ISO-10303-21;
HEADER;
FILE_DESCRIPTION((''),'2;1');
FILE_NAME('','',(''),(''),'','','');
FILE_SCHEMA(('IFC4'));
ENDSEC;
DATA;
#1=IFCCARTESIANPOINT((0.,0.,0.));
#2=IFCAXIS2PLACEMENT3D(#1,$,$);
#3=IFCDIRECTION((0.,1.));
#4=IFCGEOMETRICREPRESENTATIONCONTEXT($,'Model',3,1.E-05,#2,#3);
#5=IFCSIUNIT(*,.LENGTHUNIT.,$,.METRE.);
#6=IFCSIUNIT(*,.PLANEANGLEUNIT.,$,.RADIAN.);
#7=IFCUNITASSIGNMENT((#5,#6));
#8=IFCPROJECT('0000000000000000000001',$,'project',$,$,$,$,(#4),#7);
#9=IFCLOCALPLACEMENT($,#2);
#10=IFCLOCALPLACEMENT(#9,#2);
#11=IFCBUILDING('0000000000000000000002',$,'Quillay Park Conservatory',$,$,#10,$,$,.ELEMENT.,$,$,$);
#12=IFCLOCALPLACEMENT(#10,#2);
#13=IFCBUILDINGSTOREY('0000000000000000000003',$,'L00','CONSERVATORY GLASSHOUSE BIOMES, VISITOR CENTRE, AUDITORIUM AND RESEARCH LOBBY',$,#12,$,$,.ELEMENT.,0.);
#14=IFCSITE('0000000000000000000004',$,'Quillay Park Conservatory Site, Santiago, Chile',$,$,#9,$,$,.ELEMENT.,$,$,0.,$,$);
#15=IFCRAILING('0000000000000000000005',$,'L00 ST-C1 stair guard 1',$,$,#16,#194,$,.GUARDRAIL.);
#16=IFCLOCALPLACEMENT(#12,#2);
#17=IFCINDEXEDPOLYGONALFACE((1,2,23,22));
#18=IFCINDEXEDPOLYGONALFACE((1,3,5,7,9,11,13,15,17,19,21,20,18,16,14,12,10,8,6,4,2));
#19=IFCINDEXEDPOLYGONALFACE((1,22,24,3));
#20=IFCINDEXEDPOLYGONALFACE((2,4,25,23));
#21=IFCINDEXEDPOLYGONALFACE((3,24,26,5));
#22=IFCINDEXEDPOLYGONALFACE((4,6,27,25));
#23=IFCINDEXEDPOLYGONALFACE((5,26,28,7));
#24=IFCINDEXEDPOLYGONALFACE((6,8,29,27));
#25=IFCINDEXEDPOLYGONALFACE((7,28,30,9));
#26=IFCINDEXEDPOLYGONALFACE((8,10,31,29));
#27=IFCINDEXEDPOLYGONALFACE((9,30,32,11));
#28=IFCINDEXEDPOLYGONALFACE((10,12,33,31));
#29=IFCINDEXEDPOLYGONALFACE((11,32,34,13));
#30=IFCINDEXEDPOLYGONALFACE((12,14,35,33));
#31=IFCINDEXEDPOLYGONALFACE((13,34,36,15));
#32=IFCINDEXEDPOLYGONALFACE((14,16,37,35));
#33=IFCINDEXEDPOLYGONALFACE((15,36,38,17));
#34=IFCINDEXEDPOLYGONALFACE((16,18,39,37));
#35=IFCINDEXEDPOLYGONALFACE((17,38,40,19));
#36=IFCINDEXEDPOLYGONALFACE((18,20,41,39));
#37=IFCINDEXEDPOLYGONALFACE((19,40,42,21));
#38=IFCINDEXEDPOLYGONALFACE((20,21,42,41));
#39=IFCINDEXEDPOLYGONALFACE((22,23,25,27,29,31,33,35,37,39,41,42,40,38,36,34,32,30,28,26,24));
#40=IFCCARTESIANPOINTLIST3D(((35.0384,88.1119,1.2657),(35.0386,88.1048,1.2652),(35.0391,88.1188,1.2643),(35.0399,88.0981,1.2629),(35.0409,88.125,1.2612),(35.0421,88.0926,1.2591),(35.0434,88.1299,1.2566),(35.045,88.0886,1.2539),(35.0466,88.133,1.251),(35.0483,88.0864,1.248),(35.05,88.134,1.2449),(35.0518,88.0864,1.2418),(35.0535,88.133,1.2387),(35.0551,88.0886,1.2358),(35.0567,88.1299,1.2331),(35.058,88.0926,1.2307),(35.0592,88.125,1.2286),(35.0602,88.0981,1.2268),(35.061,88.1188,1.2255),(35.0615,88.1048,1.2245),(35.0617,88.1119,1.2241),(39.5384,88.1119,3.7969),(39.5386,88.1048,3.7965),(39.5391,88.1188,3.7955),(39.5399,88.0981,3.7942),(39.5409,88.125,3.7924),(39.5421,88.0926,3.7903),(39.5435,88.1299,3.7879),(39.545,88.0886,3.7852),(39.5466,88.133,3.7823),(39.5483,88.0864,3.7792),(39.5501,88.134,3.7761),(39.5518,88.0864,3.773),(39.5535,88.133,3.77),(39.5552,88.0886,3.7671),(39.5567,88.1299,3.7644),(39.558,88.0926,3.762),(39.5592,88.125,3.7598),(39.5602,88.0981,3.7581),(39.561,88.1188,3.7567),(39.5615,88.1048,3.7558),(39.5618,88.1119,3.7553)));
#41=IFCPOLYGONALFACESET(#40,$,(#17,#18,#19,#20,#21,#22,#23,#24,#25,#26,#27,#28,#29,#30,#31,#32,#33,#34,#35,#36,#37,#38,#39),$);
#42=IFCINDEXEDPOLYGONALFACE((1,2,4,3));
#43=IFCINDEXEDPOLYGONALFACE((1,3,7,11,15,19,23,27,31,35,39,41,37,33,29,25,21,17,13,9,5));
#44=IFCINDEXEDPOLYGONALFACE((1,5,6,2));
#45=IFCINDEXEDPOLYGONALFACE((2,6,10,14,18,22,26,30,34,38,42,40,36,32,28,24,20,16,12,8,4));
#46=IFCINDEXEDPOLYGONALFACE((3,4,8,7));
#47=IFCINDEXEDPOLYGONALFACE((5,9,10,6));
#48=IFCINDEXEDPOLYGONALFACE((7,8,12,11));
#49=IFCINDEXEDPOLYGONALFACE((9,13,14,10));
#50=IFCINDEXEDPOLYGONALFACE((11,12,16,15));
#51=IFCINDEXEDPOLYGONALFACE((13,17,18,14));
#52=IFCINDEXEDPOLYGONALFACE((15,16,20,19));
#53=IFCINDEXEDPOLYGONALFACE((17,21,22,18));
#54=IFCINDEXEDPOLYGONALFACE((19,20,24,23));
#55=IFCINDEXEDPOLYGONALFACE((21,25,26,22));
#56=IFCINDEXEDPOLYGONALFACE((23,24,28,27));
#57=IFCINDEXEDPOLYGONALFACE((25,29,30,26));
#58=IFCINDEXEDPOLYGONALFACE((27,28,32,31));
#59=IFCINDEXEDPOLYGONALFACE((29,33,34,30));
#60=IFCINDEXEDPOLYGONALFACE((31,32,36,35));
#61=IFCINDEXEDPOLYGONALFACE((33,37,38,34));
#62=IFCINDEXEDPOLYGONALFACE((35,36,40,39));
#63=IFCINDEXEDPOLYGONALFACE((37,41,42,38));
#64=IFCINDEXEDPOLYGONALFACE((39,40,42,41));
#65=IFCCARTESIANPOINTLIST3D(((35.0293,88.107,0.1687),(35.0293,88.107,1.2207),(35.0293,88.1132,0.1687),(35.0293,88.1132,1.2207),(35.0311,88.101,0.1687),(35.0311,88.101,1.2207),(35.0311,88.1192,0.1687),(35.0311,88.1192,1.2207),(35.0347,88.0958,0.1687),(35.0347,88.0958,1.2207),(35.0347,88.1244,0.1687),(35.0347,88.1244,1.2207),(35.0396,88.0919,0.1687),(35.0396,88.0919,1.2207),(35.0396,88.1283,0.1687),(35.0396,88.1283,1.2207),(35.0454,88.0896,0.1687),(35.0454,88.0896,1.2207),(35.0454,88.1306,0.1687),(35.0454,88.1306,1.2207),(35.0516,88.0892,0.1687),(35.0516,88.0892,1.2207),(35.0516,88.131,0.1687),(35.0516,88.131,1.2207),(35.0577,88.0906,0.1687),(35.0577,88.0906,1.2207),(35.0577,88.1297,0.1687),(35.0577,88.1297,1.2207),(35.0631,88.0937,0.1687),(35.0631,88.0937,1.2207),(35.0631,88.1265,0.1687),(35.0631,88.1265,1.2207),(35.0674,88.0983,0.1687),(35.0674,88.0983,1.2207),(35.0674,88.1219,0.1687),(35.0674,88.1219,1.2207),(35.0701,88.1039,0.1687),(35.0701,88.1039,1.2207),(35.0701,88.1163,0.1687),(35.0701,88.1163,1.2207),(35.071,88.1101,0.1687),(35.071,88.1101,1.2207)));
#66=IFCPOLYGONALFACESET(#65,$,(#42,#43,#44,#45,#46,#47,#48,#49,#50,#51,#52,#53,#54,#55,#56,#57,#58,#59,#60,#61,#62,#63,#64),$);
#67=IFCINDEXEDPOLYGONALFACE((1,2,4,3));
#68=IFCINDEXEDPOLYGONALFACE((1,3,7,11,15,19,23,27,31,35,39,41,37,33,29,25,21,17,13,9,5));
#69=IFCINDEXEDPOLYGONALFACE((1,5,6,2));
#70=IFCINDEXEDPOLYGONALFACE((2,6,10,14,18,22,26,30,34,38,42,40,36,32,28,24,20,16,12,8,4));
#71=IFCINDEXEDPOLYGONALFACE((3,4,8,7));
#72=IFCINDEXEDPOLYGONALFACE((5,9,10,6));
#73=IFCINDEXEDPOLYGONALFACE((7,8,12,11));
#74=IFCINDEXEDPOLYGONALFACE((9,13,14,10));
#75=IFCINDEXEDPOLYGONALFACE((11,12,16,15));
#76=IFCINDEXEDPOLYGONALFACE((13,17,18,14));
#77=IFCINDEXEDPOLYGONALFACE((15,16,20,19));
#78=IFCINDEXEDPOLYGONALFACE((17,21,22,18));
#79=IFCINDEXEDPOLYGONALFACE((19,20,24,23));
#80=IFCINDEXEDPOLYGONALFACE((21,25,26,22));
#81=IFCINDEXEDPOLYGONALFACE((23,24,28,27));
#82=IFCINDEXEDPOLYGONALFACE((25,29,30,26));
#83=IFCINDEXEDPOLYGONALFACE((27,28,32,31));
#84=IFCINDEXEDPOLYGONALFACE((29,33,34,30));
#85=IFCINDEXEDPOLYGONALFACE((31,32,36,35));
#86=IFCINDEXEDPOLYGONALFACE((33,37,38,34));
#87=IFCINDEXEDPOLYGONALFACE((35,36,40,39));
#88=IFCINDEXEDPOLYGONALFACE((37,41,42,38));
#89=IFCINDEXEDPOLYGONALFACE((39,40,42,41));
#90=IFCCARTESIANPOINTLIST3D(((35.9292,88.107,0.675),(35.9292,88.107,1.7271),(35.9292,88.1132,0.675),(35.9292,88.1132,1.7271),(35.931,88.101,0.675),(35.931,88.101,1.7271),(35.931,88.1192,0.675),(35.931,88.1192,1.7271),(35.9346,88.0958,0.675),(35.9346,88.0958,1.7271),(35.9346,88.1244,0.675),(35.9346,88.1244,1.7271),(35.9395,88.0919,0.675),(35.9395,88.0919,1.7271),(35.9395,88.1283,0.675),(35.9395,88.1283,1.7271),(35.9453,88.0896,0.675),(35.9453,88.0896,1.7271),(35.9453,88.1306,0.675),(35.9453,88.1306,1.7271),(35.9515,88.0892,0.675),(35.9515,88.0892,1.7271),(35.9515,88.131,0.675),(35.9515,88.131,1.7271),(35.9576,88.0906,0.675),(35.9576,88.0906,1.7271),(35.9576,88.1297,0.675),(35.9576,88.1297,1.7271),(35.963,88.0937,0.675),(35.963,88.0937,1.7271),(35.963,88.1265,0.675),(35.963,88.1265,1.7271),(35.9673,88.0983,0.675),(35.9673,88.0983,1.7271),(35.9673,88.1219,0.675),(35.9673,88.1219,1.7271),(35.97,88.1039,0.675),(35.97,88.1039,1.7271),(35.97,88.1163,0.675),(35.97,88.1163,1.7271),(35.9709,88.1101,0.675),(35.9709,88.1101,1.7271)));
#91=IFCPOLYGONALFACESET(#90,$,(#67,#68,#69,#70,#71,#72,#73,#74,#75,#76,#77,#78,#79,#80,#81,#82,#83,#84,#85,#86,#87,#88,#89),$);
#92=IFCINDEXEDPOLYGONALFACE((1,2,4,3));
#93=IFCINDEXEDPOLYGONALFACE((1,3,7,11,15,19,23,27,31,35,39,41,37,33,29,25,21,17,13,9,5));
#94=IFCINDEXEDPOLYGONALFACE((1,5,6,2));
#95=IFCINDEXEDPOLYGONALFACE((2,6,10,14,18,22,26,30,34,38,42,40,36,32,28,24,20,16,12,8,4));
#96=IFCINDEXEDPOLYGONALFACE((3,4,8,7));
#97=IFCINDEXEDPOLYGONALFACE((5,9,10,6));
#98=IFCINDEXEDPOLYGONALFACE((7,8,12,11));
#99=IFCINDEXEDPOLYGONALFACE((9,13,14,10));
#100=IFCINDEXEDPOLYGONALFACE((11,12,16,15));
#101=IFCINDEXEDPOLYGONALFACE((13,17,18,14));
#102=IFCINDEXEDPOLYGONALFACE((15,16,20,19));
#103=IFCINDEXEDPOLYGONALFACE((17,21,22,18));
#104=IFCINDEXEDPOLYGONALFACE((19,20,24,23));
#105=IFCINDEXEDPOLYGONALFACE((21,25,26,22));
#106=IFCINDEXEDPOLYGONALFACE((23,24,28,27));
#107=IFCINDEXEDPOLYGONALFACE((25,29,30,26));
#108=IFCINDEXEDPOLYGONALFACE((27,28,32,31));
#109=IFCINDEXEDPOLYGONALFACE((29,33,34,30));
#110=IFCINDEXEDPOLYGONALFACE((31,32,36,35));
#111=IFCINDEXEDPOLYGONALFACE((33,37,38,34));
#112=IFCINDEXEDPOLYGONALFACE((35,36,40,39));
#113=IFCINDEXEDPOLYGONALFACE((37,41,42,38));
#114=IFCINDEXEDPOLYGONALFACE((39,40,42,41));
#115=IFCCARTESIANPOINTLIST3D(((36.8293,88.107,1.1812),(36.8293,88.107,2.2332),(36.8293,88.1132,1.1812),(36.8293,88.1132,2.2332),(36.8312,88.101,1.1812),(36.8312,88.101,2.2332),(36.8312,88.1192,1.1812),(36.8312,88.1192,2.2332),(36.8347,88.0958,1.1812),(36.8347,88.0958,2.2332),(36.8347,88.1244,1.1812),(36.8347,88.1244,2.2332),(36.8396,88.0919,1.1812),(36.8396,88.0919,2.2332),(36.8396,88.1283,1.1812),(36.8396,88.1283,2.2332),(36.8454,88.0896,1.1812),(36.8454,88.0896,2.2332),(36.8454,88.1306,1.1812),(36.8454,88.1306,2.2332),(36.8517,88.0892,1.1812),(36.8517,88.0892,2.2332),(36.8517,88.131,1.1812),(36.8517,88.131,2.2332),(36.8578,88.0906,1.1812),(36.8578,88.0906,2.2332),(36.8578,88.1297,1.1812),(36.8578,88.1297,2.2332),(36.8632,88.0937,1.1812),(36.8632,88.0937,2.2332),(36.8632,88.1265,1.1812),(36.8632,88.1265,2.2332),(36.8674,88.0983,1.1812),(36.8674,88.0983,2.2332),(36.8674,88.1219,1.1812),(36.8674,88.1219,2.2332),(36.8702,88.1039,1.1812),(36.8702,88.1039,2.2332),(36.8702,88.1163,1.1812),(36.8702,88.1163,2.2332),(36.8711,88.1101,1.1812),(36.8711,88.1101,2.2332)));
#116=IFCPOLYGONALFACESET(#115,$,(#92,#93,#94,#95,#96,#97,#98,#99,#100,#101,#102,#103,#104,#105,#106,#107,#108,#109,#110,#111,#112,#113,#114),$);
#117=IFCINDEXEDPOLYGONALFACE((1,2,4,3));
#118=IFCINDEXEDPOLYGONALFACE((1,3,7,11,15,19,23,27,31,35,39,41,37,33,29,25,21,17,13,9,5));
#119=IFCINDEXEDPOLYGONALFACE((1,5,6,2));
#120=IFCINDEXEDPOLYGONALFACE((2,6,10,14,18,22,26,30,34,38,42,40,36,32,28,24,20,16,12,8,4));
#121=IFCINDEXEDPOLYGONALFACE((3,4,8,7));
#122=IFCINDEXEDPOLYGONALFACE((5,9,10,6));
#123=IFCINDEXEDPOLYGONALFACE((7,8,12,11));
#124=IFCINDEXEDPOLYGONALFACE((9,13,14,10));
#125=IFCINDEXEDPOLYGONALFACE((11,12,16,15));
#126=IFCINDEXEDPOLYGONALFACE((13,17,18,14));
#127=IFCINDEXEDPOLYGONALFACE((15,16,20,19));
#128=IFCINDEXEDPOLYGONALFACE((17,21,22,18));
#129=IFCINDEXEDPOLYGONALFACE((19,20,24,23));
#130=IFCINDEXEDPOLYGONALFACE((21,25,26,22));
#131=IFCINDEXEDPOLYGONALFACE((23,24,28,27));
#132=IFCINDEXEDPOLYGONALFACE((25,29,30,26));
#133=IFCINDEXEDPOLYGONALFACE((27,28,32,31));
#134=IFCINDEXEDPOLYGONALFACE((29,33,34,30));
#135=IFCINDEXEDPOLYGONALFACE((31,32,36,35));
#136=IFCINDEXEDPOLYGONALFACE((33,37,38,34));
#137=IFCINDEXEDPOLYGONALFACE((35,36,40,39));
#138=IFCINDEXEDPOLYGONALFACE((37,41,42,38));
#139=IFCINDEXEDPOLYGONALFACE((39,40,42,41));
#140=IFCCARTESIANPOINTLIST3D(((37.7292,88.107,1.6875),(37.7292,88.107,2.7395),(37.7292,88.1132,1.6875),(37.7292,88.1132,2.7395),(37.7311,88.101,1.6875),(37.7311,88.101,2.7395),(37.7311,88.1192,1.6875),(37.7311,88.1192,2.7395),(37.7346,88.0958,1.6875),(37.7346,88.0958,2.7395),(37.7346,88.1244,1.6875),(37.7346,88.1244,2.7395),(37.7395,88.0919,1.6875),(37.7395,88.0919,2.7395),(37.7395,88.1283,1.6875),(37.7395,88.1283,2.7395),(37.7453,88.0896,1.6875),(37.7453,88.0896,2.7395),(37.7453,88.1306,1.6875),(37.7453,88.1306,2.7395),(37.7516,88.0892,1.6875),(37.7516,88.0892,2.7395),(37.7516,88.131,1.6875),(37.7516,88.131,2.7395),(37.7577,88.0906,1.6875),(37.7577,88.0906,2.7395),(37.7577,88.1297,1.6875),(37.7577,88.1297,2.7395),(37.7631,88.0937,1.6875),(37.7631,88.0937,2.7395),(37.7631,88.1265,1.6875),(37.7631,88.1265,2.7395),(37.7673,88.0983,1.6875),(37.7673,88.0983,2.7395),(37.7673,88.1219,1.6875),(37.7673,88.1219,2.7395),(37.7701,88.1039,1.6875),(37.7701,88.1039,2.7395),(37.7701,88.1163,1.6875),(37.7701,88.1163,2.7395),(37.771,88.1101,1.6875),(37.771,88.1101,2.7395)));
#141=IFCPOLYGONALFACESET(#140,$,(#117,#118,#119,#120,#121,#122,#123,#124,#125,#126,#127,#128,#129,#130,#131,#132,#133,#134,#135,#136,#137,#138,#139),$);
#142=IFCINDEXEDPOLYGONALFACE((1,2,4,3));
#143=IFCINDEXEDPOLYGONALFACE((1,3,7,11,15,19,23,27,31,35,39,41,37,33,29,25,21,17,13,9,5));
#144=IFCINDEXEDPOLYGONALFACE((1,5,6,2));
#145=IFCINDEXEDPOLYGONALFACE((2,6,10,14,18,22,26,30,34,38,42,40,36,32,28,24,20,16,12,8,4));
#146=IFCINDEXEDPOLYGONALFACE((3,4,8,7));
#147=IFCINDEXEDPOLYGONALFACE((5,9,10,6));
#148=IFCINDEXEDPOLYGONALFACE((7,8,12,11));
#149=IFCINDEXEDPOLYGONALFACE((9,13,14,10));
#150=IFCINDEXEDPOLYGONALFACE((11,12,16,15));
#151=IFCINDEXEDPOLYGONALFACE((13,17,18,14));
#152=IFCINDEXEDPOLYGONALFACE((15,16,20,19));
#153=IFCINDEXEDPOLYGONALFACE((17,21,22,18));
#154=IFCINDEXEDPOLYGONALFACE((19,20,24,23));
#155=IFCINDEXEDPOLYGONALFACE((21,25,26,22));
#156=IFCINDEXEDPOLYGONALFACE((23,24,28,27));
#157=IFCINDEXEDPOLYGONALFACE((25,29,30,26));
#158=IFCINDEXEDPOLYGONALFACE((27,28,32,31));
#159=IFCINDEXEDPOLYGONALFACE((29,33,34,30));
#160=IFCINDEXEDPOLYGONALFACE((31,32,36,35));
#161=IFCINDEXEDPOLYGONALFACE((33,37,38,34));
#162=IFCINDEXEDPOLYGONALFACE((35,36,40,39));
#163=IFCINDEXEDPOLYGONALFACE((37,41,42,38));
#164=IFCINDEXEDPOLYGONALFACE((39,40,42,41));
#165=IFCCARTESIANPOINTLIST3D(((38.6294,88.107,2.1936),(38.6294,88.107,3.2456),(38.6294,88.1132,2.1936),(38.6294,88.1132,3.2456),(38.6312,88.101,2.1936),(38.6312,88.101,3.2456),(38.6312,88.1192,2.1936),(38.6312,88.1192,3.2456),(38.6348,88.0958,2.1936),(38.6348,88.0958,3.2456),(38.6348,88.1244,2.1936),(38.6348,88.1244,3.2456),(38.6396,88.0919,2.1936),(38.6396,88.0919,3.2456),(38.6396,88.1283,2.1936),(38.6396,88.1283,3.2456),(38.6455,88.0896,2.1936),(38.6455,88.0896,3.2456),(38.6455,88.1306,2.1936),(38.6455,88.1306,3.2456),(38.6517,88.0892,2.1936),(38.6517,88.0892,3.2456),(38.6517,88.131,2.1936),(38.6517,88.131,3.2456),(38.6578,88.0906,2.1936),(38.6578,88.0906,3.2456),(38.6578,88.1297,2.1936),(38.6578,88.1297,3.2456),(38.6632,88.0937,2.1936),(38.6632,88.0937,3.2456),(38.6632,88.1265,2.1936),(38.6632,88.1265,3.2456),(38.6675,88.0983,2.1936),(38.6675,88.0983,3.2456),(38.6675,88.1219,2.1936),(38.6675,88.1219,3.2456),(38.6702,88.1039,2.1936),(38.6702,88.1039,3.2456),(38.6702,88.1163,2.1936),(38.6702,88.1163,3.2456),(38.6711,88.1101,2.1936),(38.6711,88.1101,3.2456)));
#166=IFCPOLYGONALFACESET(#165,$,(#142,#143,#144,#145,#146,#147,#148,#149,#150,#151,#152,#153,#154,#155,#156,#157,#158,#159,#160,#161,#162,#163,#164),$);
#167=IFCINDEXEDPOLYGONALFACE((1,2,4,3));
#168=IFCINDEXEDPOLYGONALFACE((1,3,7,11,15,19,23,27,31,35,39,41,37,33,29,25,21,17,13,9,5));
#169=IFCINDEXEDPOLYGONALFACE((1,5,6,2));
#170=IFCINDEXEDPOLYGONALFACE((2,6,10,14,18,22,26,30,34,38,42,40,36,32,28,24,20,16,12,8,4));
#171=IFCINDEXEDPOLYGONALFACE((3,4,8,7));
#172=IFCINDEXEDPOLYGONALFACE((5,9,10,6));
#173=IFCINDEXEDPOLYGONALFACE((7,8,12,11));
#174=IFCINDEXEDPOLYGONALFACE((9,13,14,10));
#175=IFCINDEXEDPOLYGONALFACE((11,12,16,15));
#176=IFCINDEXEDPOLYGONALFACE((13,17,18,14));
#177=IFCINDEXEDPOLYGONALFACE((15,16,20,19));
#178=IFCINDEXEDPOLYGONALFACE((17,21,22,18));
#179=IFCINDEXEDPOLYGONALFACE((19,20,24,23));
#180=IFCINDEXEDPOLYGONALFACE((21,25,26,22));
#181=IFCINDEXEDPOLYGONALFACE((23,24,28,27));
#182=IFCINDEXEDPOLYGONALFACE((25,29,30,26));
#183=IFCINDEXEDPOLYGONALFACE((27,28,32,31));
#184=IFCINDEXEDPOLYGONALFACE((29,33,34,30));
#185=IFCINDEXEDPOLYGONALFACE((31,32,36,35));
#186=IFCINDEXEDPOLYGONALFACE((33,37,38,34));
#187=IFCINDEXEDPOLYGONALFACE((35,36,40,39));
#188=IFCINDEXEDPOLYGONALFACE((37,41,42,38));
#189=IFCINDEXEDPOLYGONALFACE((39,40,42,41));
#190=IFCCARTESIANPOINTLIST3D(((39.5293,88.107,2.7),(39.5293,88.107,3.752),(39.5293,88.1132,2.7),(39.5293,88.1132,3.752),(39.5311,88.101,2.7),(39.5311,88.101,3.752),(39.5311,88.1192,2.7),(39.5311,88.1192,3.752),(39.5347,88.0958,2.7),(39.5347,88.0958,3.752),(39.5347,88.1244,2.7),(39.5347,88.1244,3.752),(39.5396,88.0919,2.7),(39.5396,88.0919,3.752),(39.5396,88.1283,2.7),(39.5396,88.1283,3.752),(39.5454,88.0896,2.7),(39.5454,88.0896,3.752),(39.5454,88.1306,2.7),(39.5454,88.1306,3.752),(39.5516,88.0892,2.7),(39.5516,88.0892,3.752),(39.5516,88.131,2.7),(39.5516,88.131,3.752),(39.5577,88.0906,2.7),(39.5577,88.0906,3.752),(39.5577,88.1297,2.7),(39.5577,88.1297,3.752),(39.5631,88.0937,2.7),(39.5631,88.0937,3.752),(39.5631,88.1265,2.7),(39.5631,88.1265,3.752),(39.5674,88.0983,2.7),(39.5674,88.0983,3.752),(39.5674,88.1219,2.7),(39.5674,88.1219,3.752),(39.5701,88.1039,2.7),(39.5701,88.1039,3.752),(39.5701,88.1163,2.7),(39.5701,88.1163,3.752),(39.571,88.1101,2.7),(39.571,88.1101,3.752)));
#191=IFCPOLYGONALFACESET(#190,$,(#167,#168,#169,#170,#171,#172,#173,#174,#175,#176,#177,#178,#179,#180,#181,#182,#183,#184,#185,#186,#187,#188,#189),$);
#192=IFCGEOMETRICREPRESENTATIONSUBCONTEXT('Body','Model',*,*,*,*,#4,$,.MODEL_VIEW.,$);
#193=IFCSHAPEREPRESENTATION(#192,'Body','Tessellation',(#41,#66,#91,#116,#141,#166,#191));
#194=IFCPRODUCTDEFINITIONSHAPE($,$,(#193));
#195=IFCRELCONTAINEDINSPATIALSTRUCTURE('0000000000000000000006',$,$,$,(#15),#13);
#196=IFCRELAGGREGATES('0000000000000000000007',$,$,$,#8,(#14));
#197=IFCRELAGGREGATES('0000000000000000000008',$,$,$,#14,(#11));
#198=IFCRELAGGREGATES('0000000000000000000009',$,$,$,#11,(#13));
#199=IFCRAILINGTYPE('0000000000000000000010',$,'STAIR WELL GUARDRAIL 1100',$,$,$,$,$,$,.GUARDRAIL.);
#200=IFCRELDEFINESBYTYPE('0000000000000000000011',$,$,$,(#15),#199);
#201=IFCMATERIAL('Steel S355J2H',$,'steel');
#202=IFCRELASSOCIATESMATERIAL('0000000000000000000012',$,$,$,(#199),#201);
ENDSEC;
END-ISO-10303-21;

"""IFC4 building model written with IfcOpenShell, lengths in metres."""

from ifc_helpers import new_model, si_unit, direction, frame, origin, origin_2d, place, context, subcontext, project, spatial, circle, extrude, material, type_object, element, save


model = new_model("IFC4")

# Units and contexts
model_context = context("Model", 3, precision=1e-05, world=origin(), true_north=direction((0.0, 1.0)))
body_context = subcontext(model_context, "Body", "Model", "MODEL_VIEW")
ifc_project = project(units=[si_unit("LENGTHUNIT", "METRE"), si_unit("PLANEANGLEUNIT", "RADIAN")], contexts=[model_context])

# Site, building, storey
site_placement = place(None, origin())
site = spatial("IfcSite", under=ifc_project, at=site_placement, Name="Quillay Park Conservatory Site, Santiago, Chile", CompositionType="ELEMENT", RefElevation=0.0)
building_placement = place(site_placement, origin())
building = spatial("IfcBuilding", under=site, at=building_placement, Name="Quillay Park Conservatory", CompositionType="ELEMENT")
storey_placement = place(building_placement, origin())
storey = spatial("IfcBuildingStorey", under=building, at=storey_placement, Name="L00", Description="CONSERVATORY GLASSHOUSE BIOMES, VISITOR CENTRE, AUDITORIUM AND RESEARCH LOBBY", CompositionType="ELEMENT", Elevation=0.0)

# Railing
ifc_material_1 = material(Name="Steel S355J2H", Category="steel")
railing_type_1 = type_object("IfcRailingType", Name="STAIR WELL GUARDRAIL 1100", PredefinedType="GUARDRAIL", material=ifc_material_1)
railing_1_placement = place(storey_placement, frame((35.05, 88.1101, 0.1687)))
element("IfcRailing", 1, at=railing_1_placement, inside=storey, type_object=railing_type_1, Name="L00 ST-C1 stair guard 1", PredefinedType="GUARDRAIL", context=body_context, shape_type="SweptSolid", body=[
    extrude(circle(Radius=0.0239, at=origin_2d()), frame((0.0, 0.0, 1.0762), z_axis=(0.871576, 0.0, 0.490261), x_axis=(0.0, 1.0, 0.0)), (0.0, 0.0, 1.0), 5.1631),
    extrude(circle(Radius=0.021, at=origin_2d()), origin(), (0.0, 0.0, 1.0), 1.052),
    extrude(circle(Radius=0.021, at=origin_2d()), frame((0.8999, 0.0, 0.5063)), (0.0, 0.0, 1.0), 1.052),
    extrude(circle(Radius=0.021, at=origin_2d()), frame((1.8, 0.0, 1.0125)), (0.0, 0.0, 1.0), 1.052),
    extrude(circle(Radius=0.021, at=origin_2d()), frame((2.7, 0.0, 1.5188)), (0.0, 0.0, 1.0), 1.052),
    extrude(circle(Radius=0.021, at=origin_2d()), frame((3.6001, 0.0, 2.0249)), (0.0, 0.0, 1.0), 1.052),
    extrude(circle(Radius=0.021, at=origin_2d()), frame((4.5, 0.0, 2.5312)), (0.0, 0.0, 1.0), 1.052),
])

save(model, "model.ifc")
